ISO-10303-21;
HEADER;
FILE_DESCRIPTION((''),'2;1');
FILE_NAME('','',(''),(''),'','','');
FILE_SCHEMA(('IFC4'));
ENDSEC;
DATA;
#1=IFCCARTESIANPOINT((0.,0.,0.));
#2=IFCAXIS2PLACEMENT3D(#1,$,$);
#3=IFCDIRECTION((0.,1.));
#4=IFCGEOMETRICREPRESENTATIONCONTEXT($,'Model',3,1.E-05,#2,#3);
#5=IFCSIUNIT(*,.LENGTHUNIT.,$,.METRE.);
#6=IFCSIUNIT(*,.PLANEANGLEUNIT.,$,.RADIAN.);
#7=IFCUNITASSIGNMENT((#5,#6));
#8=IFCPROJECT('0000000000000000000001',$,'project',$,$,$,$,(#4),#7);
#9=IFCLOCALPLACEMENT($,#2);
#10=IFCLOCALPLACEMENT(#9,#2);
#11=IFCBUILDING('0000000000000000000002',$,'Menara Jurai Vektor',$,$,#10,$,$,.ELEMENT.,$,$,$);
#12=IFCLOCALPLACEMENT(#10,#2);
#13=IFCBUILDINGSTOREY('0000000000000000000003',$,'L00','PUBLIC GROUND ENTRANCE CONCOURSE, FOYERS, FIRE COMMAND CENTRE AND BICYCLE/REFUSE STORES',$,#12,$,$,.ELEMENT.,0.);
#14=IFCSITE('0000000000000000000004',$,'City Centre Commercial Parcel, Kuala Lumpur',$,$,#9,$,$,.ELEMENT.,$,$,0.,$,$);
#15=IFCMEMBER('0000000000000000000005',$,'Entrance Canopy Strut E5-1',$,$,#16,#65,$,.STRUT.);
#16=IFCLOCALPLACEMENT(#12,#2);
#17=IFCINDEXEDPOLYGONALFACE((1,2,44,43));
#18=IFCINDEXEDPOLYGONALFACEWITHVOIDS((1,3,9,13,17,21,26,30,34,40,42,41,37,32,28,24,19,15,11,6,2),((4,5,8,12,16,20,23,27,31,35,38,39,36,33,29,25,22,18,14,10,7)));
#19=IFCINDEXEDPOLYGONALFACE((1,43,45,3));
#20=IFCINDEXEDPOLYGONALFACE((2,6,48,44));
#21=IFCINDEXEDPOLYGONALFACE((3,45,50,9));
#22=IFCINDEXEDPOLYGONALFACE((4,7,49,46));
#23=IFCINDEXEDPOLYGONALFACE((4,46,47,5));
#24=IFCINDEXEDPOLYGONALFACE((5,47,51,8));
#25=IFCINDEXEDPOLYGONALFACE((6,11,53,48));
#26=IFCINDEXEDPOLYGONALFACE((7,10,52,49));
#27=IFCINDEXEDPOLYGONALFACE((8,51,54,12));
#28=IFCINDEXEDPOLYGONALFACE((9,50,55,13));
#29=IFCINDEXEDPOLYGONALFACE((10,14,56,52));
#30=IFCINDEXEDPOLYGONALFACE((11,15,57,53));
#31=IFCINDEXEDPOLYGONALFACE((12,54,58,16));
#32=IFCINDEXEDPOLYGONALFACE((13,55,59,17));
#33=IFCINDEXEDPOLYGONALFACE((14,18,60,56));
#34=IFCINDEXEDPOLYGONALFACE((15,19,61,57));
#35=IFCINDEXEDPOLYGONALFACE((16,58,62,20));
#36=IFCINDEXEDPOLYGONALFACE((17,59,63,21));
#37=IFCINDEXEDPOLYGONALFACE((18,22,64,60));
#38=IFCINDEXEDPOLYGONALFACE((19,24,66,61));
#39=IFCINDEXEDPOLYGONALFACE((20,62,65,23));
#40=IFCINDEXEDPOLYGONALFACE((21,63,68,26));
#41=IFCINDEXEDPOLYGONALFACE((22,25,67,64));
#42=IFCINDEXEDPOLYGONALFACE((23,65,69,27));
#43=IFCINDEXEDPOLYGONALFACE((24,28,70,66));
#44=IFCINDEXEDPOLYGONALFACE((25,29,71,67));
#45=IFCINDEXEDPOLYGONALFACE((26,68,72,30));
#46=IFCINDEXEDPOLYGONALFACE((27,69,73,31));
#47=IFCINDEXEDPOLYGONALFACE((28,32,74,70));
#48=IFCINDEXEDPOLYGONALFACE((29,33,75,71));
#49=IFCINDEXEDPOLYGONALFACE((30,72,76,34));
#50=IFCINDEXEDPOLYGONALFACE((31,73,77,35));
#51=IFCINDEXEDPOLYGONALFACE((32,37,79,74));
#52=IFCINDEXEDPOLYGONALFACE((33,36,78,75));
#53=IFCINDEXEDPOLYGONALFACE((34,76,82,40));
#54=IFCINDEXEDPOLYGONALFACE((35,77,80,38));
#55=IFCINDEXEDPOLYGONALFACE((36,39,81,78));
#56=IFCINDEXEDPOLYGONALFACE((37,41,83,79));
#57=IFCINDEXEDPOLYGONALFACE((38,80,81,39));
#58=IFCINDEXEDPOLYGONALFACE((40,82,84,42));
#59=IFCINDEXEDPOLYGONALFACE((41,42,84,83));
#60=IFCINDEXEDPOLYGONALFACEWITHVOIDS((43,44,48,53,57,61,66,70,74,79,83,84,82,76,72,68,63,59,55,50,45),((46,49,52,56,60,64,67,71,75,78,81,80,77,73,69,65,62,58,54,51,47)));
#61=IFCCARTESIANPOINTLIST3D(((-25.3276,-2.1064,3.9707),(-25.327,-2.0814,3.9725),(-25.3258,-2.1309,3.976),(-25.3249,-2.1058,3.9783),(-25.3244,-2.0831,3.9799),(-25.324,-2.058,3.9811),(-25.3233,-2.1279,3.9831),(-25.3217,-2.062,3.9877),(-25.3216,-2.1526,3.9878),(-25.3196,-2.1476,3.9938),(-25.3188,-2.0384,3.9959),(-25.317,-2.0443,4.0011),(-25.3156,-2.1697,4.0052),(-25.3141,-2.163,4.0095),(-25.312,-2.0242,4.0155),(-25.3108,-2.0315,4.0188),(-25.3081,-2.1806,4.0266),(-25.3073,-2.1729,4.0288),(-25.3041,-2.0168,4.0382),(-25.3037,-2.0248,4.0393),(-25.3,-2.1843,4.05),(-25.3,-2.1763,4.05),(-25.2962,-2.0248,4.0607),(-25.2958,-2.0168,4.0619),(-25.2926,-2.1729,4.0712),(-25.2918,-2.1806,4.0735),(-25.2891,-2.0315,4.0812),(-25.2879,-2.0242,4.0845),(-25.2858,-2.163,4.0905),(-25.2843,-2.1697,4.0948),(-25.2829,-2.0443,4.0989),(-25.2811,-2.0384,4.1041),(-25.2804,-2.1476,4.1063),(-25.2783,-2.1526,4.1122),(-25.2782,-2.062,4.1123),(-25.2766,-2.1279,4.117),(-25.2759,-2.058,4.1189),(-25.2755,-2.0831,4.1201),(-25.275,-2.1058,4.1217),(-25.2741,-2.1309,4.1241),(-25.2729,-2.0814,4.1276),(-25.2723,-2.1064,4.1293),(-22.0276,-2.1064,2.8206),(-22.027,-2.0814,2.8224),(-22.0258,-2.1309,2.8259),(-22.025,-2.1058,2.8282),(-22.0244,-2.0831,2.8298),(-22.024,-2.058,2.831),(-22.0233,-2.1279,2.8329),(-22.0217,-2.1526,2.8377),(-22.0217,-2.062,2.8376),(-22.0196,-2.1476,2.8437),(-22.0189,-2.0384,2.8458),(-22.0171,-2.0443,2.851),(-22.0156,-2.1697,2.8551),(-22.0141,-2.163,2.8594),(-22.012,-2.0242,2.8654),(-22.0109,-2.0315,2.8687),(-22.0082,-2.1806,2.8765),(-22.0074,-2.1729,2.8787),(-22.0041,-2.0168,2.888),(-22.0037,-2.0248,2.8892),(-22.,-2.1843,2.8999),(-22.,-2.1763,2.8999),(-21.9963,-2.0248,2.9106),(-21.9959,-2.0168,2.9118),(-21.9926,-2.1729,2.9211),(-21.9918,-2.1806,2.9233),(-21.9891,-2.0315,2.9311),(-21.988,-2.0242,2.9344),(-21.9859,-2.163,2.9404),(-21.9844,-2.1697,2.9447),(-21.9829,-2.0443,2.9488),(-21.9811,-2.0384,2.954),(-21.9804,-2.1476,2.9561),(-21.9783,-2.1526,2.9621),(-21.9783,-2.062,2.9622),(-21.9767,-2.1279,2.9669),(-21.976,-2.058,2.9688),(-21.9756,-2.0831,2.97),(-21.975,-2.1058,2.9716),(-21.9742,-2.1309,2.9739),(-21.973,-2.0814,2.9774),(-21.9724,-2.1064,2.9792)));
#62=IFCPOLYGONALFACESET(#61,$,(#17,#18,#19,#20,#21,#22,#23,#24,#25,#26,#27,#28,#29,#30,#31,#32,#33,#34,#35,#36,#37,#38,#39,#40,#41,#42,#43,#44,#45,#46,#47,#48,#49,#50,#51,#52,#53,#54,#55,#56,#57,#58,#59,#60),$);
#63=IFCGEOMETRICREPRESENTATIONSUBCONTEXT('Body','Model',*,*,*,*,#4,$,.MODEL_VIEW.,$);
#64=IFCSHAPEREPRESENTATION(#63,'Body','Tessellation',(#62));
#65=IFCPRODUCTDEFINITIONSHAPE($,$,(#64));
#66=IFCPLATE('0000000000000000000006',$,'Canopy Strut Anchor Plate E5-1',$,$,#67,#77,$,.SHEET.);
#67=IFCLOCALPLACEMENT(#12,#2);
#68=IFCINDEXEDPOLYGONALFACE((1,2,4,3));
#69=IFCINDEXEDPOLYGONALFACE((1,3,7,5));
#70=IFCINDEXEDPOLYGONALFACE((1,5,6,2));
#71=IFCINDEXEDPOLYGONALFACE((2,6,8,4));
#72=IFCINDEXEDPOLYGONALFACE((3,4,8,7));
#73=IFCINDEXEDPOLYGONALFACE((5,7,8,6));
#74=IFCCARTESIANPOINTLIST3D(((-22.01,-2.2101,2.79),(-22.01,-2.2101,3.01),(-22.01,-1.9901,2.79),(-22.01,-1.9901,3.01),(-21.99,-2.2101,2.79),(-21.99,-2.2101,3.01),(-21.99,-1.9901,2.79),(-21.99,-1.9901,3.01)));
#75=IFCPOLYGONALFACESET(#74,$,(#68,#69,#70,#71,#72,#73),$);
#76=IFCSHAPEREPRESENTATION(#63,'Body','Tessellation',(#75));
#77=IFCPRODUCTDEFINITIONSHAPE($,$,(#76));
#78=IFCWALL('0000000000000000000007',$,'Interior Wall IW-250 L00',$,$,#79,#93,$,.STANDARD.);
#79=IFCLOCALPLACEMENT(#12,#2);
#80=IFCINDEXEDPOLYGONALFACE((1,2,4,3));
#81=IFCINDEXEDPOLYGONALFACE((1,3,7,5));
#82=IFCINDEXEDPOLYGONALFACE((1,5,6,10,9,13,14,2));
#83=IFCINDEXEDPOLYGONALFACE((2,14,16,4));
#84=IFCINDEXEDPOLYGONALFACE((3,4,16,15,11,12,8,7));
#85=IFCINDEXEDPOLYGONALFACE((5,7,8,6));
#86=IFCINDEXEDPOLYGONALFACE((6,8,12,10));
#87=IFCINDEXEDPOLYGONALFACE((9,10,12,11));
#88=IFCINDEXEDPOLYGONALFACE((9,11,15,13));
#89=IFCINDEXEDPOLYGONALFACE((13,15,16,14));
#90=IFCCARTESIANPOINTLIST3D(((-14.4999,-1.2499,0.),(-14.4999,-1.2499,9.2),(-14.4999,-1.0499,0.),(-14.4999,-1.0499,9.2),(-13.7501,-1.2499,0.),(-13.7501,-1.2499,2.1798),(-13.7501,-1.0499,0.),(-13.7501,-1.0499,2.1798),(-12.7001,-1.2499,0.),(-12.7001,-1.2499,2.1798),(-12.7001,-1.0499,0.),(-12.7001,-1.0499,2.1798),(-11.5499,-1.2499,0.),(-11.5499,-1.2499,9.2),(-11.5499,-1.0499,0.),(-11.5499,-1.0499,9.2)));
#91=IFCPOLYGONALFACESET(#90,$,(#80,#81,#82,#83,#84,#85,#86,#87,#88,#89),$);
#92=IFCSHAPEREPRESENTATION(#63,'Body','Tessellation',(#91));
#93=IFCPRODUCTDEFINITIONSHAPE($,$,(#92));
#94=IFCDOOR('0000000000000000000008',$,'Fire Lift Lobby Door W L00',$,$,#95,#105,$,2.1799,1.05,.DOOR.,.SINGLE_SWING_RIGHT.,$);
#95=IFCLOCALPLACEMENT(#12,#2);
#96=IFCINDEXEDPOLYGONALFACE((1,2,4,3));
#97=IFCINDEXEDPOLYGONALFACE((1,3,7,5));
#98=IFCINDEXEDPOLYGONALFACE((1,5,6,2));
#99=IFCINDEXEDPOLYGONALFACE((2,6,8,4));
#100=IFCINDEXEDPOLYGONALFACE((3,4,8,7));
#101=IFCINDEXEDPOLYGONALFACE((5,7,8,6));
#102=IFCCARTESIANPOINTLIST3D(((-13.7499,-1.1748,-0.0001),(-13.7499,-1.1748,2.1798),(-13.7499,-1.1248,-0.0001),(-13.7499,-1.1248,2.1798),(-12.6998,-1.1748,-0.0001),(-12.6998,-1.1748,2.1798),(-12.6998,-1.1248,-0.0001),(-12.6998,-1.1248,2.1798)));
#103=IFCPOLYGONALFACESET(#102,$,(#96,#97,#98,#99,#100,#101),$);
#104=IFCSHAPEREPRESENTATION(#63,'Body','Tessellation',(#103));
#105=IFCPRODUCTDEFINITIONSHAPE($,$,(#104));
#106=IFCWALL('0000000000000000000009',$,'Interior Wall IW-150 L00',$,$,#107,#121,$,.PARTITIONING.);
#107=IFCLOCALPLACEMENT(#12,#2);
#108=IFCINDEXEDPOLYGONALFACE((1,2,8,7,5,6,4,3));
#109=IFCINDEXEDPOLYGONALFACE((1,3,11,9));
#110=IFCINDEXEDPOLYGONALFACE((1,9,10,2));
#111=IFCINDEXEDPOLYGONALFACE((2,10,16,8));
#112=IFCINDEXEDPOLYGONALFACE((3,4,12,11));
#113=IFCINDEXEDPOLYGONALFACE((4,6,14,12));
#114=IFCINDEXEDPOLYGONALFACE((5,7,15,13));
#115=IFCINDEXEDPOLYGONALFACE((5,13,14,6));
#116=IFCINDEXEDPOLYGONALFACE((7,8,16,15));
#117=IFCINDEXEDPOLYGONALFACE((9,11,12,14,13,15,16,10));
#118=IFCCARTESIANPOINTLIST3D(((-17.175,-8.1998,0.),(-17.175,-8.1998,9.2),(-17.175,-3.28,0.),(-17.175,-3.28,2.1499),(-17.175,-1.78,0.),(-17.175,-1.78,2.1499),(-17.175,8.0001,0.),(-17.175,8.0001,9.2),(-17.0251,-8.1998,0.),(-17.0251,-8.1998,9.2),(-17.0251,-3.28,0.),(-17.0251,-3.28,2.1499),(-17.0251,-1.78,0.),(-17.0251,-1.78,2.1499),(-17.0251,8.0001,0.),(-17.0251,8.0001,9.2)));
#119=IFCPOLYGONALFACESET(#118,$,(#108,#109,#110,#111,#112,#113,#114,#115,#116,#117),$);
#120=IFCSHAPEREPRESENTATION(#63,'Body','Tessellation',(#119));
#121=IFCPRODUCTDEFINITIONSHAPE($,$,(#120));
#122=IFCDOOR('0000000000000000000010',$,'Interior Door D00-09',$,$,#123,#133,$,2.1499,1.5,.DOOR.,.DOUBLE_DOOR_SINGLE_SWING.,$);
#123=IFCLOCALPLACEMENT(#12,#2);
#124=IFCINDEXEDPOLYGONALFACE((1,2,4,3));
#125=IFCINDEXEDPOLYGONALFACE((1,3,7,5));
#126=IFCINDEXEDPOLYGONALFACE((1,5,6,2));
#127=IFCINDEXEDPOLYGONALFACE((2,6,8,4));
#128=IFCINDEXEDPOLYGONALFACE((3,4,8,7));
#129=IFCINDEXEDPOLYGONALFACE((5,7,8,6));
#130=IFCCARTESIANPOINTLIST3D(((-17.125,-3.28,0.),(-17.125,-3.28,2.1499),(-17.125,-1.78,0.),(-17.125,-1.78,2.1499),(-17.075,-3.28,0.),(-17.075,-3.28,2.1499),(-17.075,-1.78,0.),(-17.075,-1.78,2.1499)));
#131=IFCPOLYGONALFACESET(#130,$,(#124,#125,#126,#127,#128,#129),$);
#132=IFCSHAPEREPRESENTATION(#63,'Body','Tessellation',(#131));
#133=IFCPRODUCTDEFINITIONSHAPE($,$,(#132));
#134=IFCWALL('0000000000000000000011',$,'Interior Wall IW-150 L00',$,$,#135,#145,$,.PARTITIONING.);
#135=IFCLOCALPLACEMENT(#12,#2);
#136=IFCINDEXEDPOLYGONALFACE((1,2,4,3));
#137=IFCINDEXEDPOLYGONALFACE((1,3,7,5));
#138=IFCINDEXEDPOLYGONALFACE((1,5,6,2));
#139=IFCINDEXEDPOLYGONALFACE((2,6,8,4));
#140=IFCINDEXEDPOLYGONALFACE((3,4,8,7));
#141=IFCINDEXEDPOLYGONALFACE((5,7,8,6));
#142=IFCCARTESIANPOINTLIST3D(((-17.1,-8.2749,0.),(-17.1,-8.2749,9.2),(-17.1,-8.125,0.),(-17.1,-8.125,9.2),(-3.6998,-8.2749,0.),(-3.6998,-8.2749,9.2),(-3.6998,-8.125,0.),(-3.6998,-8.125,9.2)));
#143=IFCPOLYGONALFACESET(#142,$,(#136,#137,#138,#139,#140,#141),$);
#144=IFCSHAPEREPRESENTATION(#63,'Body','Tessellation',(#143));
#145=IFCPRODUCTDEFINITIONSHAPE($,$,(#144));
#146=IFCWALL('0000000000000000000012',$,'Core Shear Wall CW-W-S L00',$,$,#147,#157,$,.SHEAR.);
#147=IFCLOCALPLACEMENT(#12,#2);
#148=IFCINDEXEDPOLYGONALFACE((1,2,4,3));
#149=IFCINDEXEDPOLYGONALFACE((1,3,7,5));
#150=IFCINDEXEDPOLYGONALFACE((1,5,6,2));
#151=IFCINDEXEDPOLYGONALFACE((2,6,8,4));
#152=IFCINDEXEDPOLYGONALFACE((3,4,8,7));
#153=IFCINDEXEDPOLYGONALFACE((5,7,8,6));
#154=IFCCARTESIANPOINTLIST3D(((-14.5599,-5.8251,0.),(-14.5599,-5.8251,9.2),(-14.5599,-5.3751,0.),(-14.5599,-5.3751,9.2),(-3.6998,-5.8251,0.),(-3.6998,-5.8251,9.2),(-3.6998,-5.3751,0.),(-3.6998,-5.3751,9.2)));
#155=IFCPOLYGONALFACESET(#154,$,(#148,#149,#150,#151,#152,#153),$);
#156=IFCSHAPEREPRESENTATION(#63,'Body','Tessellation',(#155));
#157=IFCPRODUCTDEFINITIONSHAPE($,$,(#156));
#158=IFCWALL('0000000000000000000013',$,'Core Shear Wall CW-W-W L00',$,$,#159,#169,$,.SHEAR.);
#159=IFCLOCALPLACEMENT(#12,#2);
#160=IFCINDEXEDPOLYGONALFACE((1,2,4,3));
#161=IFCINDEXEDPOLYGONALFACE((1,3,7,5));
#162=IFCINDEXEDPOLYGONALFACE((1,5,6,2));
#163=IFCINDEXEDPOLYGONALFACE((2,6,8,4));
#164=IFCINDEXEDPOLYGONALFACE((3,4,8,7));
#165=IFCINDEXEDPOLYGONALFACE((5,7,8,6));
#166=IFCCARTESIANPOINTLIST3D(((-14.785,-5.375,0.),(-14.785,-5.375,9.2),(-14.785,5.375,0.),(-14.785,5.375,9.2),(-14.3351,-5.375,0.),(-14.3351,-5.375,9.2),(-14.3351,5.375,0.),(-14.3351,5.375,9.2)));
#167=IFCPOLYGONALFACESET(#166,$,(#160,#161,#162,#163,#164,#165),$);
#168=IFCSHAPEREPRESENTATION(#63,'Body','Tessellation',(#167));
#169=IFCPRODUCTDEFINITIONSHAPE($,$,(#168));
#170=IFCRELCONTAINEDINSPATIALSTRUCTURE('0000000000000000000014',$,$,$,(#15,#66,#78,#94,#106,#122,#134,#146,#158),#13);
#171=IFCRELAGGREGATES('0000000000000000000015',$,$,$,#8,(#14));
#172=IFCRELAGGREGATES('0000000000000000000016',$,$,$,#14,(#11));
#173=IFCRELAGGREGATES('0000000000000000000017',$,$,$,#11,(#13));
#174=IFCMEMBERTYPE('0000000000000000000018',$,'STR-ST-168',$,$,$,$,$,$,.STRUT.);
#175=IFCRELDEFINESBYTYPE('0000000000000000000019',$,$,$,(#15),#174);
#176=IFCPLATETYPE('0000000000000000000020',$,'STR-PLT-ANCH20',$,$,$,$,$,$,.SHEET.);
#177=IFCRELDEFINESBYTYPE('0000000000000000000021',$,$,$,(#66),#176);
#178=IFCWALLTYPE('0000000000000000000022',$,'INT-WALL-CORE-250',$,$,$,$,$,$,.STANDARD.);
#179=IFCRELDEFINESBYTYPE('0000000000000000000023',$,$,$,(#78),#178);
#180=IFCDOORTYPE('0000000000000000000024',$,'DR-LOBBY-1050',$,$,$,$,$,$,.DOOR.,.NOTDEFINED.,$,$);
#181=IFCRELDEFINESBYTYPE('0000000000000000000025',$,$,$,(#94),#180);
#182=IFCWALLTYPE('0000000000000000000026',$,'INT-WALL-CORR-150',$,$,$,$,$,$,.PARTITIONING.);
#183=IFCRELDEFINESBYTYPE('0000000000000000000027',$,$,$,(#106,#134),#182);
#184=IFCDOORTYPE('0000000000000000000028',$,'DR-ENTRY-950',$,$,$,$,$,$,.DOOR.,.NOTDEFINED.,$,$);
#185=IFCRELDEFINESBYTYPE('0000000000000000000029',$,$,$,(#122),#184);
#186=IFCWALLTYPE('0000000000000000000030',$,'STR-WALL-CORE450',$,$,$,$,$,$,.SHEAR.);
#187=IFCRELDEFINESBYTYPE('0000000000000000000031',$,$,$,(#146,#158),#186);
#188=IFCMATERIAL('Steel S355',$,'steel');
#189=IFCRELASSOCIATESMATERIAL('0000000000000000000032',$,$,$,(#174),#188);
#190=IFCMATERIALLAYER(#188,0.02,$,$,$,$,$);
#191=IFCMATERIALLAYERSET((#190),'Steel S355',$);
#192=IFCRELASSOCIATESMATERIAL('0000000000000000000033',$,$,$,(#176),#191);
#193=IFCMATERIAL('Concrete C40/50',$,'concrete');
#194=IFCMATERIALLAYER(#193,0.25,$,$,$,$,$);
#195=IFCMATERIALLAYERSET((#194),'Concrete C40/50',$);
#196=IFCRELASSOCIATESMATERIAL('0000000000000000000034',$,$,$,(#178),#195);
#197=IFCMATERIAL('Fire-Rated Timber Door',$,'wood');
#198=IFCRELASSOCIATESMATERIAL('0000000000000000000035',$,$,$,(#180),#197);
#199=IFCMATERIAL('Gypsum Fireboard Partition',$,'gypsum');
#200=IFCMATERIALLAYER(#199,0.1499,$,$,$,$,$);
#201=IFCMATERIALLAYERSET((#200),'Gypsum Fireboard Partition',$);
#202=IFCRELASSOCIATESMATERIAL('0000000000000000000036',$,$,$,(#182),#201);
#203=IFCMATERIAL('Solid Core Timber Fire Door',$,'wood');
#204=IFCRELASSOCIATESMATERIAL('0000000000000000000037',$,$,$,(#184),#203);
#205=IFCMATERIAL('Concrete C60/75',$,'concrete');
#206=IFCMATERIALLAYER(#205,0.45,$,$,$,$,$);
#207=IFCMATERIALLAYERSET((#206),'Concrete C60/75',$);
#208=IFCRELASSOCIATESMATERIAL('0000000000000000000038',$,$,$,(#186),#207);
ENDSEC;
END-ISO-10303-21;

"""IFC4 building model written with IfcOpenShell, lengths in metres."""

from ifc_helpers import new_model, si_unit, direction, frame, frame_2d, origin, origin_2d, place, context, subcontext, project, spatial, rectangle, hollow_circle, extrude, material, layer, layer_set, material_profile, profile_set, type_object, element, fill, save


model = new_model("IFC4")

# Units and contexts
model_context = context("Model", 3, precision=1e-05, world=origin(), true_north=direction((0.0, 1.0)))
body_context = subcontext(model_context, "Body", "Model", "MODEL_VIEW")
ifc_project = project(units=[si_unit("LENGTHUNIT", "METRE"), si_unit("PLANEANGLEUNIT", "RADIAN")], contexts=[model_context])

# Site, building, storey
site_placement = place(None, origin())
site = spatial("IfcSite", under=ifc_project, at=site_placement, Name="City Centre Commercial Parcel, Kuala Lumpur", CompositionType="ELEMENT", RefElevation=0.0)
building_placement = place(site_placement, origin())
building = spatial("IfcBuilding", under=site, at=building_placement, Name="Menara Jurai Vektor", CompositionType="ELEMENT")
storey_placement = place(building_placement, origin())
storey = spatial("IfcBuildingStorey", under=building, at=storey_placement, Name="L00", Description="PUBLIC GROUND ENTRANCE CONCOURSE, FOYERS, FIRE COMMAND CENTRE AND BICYCLE/REFUSE STORES", CompositionType="ELEMENT", Elevation=0.0)

# Shared definitions
ifc_material_1 = material(Name="Concrete C60/75", Category="concrete")

# Shared definitions
ifc_material_2 = material(Name="Steel S355", Category="steel")

# Member
ifc_material_profile_1 = material_profile(ifc_material_2, hollow_circle(Radius=0.0842, WallThickness=0.0081, at=origin_2d()), Name="CHS 168.3x8")
ifc_profile_set_1 = profile_set([ifc_material_profile_1], Name="Steel S355")
member_type = type_object("IfcMemberType", Name="STR-ST-168", PredefinedType="STRUT", material=ifc_profile_set_1)
member_placement = place(storey_placement, frame((-22.0, -2.1001, 2.8999), z_axis=(-0.944292, 0.0, 0.329109), x_axis=(0.0, -1.0, 0.0)))
element("IfcMember", 1, at=member_placement, inside=storey, type_object=member_type, Name="Entrance Canopy Strut E5-1", PredefinedType="STRUT", context=body_context, shape_type="SweptSolid", body=[
    extrude(hollow_circle(Radius=0.0842, WallThickness=0.0081, at=origin_2d()), origin(), (0.0, 0.0, 1.0), 3.4946),
])

# Plate
ifc_layer_1 = layer(ifc_material_2, 0.02)
ifc_layer_set_1 = layer_set([ifc_layer_1], Name="Steel S355")
plate_type = type_object("IfcPlateType", Name="STR-PLT-ANCH20", PredefinedType="SHEET", material=ifc_layer_set_1)
plate_placement = place(storey_placement, frame((-22.0, -2.1001, 2.79), z_axis=(0.0, 0.0, 1.0), x_axis=(0.0, 1.0, 0.0)))
element("IfcPlate", 2, at=plate_placement, inside=storey, type_object=plate_type, Name="Canopy Strut Anchor Plate E5-1", PredefinedType="SHEET", context=body_context, shape_type="SweptSolid", body=[
    extrude(rectangle(XDim=0.22, YDim=0.02, at=origin_2d()), origin(), (0.0, 0.0, 1.0), 0.22),
])

# Walls, openings, doors
ifc_material_3 = material(Name="Concrete C40/50", Category="concrete")
ifc_layer_2 = layer(ifc_material_3, 0.25)
ifc_layer_set_2 = layer_set([ifc_layer_2], Name="Concrete C40/50")
wall_type_1 = type_object("IfcWallType", Name="INT-WALL-CORE-250", PredefinedType="STANDARD", material=ifc_layer_set_2)
wall_1_placement = place(storey_placement, frame((-14.5, -1.1499, 0.0), z_axis=(0.0, 0.0, 1.0), x_axis=(1.0, 0.0, 0.0)))
wall_1 = element("IfcWall", 3, at=wall_1_placement, inside=storey, type_object=wall_type_1, Name="Interior Wall IW-250 L00", PredefinedType="STANDARD", context=body_context, shape_type="SweptSolid", body=[
    extrude(rectangle(XDim=2.95, YDim=0.2, at=frame_2d((1.4751, 0.0))), origin(), (0.0, 0.0, 1.0), 9.2),
])
opening_1_placement = place(wall_1_placement, frame((0.75, 0.0, 0.0)))
opening_1 = element("IfcOpeningElement", 4, at=opening_1_placement, cuts=wall_1, PredefinedType="OPENING", context=body_context, shape_type="SweptSolid", body=[
    extrude(rectangle(XDim=1.05, YDim=2.1799, at=frame_2d((0.5249, 1.0898))), frame((0.0, 0.1099, 0.0), z_axis=(0.0, -1.0, 0.0), x_axis=(1.0, 0.0, 0.0)), (0.0, 0.0, 1.0), 0.22),
])
ifc_material_4 = material(Name="Fire-Rated Timber Door", Category="wood")
door_type_1 = type_object("IfcDoorType", Name="DR-LOBBY-1050", OperationType="NOTDEFINED", PredefinedType="DOOR", material=ifc_material_4)
door_1_placement = place(opening_1_placement, frame((1.05, 0.0, 0.0), z_axis=(0.0, 0.0, 1.0), x_axis=(-1.0, 0.0, 0.0)))
door_1 = element("IfcDoor", 5, at=door_1_placement, inside=storey, type_object=door_type_1, Name="Fire Lift Lobby Door W L00", OperationType="SINGLE_SWING_RIGHT", OverallHeight=2.1799, OverallWidth=1.05, PredefinedType="DOOR", context=body_context, shape_type="SweptSolid", body=[
    extrude(rectangle(XDim=1.05, YDim=2.1799, at=frame_2d((0.5249, 1.0898))), frame((0.0, 0.0249, 0.0), z_axis=(0.0, -1.0, 0.0), x_axis=(1.0, 0.0, 0.0)), (0.0, 0.0, 1.0), 0.05),
])
fill(opening_1, door_1)
ifc_material_5 = material(Name="Gypsum Fireboard Partition", Category="gypsum")
ifc_layer_3 = layer(ifc_material_5, 0.1499)
ifc_layer_set_3 = layer_set([ifc_layer_3], Name="Gypsum Fireboard Partition")
wall_type_2 = type_object("IfcWallType", Name="INT-WALL-CORR-150", PredefinedType="PARTITIONING", material=ifc_layer_set_3)
wall_2_placement = place(storey_placement, frame((-17.1001, -8.2, 0.0), z_axis=(0.0, 0.0, 1.0), x_axis=(0.0, 1.0, 0.0)))
wall_2 = element("IfcWall", 6, at=wall_2_placement, inside=storey, type_object=wall_type_2, Name="Interior Wall IW-150 L00", PredefinedType="PARTITIONING", context=body_context, shape_type="SweptSolid", body=[
    extrude(rectangle(XDim=16.2, YDim=0.1499, at=frame_2d((8.1001, 0.0))), origin(), (0.0, 0.0, 1.0), 9.2),
])
opening_2_placement = place(wall_2_placement, frame((4.9199, 0.0, 0.0)))
opening_2 = element("IfcOpeningElement", 7, at=opening_2_placement, cuts=wall_2, PredefinedType="OPENING", context=body_context, shape_type="SweptSolid", body=[
    extrude(rectangle(XDim=1.5, YDim=2.1499, at=frame_2d((0.75, 1.075))), frame((0.0, 0.085, 0.0), z_axis=(0.0, -1.0, 0.0), x_axis=(1.0, 0.0, 0.0)), (0.0, 0.0, 1.0), 0.1699),
])
ifc_material_6 = material(Name="Solid Core Timber Fire Door", Category="wood")
door_type_2 = type_object("IfcDoorType", Name="DR-ENTRY-950", OperationType="NOTDEFINED", PredefinedType="DOOR", material=ifc_material_6)
door_2_placement = place(opening_2_placement, origin())
door_2 = element("IfcDoor", 8, at=door_2_placement, inside=storey, type_object=door_type_2, Name="Interior Door D00-09", OperationType="DOUBLE_DOOR_SINGLE_SWING", OverallHeight=2.1499, OverallWidth=1.5, PredefinedType="DOOR", context=body_context, shape_type="SweptSolid", body=[
    extrude(rectangle(XDim=1.5, YDim=2.1499, at=frame_2d((0.75, 1.075))), frame((0.0, 0.0249, 0.0), z_axis=(0.0, -1.0, 0.0), x_axis=(1.0, 0.0, 0.0)), (0.0, 0.0, 1.0), 0.05),
])
fill(opening_2, door_2)

# Wall
wall_3_placement = place(storey_placement, frame((-17.1001, -8.2, 0.0), z_axis=(0.0, 0.0, 1.0), x_axis=(1.0, 0.0, 0.0)))
element("IfcWall", 9, at=wall_3_placement, inside=storey, type_object=wall_type_2, Name="Interior Wall IW-150 L00", PredefinedType="PARTITIONING", context=body_context, shape_type="SweptSolid", body=[
    extrude(rectangle(XDim=13.4001, YDim=0.1499, at=frame_2d((6.7002, 0.0))), origin(), (0.0, 0.0, 1.0), 9.2),
])

# Walls
ifc_layer_4 = layer(ifc_material_1, 0.45)
ifc_layer_set_4 = layer_set([ifc_layer_4], Name="Concrete C60/75")
wall_type_3 = type_object("IfcWallType", Name="STR-WALL-CORE450", PredefinedType="SHEAR", material=ifc_layer_set_4)
wall_4_placement = place(storey_placement, frame((-14.5601, -5.6001, 0.0), z_axis=(0.0, 0.0, 1.0), x_axis=(1.0, 0.0, 0.0)))
element("IfcWall", 10, at=wall_4_placement, inside=storey, type_object=wall_type_3, Name="Core Shear Wall CW-W-S L00", PredefinedType="SHEAR", context=body_context, shape_type="SweptSolid", body=[
    extrude(rectangle(XDim=10.8601, YDim=0.45, at=frame_2d((5.4302, 0.0))), origin(), (0.0, 0.0, 1.0), 9.2),
])
wall_5_placement = place(storey_placement, frame((-14.5601, -5.375, 0.0), z_axis=(0.0, 0.0, 1.0), x_axis=(0.0, 1.0, 0.0)))
element("IfcWall", 11, at=wall_5_placement, inside=storey, type_object=wall_type_3, Name="Core Shear Wall CW-W-W L00", PredefinedType="SHEAR", context=body_context, shape_type="SweptSolid", body=[
    extrude(rectangle(XDim=10.75, YDim=0.45, at=frame_2d((5.375, 0.0))), origin(), (0.0, 0.0, 1.0), 9.2),
])

save(model, "model.ifc")
